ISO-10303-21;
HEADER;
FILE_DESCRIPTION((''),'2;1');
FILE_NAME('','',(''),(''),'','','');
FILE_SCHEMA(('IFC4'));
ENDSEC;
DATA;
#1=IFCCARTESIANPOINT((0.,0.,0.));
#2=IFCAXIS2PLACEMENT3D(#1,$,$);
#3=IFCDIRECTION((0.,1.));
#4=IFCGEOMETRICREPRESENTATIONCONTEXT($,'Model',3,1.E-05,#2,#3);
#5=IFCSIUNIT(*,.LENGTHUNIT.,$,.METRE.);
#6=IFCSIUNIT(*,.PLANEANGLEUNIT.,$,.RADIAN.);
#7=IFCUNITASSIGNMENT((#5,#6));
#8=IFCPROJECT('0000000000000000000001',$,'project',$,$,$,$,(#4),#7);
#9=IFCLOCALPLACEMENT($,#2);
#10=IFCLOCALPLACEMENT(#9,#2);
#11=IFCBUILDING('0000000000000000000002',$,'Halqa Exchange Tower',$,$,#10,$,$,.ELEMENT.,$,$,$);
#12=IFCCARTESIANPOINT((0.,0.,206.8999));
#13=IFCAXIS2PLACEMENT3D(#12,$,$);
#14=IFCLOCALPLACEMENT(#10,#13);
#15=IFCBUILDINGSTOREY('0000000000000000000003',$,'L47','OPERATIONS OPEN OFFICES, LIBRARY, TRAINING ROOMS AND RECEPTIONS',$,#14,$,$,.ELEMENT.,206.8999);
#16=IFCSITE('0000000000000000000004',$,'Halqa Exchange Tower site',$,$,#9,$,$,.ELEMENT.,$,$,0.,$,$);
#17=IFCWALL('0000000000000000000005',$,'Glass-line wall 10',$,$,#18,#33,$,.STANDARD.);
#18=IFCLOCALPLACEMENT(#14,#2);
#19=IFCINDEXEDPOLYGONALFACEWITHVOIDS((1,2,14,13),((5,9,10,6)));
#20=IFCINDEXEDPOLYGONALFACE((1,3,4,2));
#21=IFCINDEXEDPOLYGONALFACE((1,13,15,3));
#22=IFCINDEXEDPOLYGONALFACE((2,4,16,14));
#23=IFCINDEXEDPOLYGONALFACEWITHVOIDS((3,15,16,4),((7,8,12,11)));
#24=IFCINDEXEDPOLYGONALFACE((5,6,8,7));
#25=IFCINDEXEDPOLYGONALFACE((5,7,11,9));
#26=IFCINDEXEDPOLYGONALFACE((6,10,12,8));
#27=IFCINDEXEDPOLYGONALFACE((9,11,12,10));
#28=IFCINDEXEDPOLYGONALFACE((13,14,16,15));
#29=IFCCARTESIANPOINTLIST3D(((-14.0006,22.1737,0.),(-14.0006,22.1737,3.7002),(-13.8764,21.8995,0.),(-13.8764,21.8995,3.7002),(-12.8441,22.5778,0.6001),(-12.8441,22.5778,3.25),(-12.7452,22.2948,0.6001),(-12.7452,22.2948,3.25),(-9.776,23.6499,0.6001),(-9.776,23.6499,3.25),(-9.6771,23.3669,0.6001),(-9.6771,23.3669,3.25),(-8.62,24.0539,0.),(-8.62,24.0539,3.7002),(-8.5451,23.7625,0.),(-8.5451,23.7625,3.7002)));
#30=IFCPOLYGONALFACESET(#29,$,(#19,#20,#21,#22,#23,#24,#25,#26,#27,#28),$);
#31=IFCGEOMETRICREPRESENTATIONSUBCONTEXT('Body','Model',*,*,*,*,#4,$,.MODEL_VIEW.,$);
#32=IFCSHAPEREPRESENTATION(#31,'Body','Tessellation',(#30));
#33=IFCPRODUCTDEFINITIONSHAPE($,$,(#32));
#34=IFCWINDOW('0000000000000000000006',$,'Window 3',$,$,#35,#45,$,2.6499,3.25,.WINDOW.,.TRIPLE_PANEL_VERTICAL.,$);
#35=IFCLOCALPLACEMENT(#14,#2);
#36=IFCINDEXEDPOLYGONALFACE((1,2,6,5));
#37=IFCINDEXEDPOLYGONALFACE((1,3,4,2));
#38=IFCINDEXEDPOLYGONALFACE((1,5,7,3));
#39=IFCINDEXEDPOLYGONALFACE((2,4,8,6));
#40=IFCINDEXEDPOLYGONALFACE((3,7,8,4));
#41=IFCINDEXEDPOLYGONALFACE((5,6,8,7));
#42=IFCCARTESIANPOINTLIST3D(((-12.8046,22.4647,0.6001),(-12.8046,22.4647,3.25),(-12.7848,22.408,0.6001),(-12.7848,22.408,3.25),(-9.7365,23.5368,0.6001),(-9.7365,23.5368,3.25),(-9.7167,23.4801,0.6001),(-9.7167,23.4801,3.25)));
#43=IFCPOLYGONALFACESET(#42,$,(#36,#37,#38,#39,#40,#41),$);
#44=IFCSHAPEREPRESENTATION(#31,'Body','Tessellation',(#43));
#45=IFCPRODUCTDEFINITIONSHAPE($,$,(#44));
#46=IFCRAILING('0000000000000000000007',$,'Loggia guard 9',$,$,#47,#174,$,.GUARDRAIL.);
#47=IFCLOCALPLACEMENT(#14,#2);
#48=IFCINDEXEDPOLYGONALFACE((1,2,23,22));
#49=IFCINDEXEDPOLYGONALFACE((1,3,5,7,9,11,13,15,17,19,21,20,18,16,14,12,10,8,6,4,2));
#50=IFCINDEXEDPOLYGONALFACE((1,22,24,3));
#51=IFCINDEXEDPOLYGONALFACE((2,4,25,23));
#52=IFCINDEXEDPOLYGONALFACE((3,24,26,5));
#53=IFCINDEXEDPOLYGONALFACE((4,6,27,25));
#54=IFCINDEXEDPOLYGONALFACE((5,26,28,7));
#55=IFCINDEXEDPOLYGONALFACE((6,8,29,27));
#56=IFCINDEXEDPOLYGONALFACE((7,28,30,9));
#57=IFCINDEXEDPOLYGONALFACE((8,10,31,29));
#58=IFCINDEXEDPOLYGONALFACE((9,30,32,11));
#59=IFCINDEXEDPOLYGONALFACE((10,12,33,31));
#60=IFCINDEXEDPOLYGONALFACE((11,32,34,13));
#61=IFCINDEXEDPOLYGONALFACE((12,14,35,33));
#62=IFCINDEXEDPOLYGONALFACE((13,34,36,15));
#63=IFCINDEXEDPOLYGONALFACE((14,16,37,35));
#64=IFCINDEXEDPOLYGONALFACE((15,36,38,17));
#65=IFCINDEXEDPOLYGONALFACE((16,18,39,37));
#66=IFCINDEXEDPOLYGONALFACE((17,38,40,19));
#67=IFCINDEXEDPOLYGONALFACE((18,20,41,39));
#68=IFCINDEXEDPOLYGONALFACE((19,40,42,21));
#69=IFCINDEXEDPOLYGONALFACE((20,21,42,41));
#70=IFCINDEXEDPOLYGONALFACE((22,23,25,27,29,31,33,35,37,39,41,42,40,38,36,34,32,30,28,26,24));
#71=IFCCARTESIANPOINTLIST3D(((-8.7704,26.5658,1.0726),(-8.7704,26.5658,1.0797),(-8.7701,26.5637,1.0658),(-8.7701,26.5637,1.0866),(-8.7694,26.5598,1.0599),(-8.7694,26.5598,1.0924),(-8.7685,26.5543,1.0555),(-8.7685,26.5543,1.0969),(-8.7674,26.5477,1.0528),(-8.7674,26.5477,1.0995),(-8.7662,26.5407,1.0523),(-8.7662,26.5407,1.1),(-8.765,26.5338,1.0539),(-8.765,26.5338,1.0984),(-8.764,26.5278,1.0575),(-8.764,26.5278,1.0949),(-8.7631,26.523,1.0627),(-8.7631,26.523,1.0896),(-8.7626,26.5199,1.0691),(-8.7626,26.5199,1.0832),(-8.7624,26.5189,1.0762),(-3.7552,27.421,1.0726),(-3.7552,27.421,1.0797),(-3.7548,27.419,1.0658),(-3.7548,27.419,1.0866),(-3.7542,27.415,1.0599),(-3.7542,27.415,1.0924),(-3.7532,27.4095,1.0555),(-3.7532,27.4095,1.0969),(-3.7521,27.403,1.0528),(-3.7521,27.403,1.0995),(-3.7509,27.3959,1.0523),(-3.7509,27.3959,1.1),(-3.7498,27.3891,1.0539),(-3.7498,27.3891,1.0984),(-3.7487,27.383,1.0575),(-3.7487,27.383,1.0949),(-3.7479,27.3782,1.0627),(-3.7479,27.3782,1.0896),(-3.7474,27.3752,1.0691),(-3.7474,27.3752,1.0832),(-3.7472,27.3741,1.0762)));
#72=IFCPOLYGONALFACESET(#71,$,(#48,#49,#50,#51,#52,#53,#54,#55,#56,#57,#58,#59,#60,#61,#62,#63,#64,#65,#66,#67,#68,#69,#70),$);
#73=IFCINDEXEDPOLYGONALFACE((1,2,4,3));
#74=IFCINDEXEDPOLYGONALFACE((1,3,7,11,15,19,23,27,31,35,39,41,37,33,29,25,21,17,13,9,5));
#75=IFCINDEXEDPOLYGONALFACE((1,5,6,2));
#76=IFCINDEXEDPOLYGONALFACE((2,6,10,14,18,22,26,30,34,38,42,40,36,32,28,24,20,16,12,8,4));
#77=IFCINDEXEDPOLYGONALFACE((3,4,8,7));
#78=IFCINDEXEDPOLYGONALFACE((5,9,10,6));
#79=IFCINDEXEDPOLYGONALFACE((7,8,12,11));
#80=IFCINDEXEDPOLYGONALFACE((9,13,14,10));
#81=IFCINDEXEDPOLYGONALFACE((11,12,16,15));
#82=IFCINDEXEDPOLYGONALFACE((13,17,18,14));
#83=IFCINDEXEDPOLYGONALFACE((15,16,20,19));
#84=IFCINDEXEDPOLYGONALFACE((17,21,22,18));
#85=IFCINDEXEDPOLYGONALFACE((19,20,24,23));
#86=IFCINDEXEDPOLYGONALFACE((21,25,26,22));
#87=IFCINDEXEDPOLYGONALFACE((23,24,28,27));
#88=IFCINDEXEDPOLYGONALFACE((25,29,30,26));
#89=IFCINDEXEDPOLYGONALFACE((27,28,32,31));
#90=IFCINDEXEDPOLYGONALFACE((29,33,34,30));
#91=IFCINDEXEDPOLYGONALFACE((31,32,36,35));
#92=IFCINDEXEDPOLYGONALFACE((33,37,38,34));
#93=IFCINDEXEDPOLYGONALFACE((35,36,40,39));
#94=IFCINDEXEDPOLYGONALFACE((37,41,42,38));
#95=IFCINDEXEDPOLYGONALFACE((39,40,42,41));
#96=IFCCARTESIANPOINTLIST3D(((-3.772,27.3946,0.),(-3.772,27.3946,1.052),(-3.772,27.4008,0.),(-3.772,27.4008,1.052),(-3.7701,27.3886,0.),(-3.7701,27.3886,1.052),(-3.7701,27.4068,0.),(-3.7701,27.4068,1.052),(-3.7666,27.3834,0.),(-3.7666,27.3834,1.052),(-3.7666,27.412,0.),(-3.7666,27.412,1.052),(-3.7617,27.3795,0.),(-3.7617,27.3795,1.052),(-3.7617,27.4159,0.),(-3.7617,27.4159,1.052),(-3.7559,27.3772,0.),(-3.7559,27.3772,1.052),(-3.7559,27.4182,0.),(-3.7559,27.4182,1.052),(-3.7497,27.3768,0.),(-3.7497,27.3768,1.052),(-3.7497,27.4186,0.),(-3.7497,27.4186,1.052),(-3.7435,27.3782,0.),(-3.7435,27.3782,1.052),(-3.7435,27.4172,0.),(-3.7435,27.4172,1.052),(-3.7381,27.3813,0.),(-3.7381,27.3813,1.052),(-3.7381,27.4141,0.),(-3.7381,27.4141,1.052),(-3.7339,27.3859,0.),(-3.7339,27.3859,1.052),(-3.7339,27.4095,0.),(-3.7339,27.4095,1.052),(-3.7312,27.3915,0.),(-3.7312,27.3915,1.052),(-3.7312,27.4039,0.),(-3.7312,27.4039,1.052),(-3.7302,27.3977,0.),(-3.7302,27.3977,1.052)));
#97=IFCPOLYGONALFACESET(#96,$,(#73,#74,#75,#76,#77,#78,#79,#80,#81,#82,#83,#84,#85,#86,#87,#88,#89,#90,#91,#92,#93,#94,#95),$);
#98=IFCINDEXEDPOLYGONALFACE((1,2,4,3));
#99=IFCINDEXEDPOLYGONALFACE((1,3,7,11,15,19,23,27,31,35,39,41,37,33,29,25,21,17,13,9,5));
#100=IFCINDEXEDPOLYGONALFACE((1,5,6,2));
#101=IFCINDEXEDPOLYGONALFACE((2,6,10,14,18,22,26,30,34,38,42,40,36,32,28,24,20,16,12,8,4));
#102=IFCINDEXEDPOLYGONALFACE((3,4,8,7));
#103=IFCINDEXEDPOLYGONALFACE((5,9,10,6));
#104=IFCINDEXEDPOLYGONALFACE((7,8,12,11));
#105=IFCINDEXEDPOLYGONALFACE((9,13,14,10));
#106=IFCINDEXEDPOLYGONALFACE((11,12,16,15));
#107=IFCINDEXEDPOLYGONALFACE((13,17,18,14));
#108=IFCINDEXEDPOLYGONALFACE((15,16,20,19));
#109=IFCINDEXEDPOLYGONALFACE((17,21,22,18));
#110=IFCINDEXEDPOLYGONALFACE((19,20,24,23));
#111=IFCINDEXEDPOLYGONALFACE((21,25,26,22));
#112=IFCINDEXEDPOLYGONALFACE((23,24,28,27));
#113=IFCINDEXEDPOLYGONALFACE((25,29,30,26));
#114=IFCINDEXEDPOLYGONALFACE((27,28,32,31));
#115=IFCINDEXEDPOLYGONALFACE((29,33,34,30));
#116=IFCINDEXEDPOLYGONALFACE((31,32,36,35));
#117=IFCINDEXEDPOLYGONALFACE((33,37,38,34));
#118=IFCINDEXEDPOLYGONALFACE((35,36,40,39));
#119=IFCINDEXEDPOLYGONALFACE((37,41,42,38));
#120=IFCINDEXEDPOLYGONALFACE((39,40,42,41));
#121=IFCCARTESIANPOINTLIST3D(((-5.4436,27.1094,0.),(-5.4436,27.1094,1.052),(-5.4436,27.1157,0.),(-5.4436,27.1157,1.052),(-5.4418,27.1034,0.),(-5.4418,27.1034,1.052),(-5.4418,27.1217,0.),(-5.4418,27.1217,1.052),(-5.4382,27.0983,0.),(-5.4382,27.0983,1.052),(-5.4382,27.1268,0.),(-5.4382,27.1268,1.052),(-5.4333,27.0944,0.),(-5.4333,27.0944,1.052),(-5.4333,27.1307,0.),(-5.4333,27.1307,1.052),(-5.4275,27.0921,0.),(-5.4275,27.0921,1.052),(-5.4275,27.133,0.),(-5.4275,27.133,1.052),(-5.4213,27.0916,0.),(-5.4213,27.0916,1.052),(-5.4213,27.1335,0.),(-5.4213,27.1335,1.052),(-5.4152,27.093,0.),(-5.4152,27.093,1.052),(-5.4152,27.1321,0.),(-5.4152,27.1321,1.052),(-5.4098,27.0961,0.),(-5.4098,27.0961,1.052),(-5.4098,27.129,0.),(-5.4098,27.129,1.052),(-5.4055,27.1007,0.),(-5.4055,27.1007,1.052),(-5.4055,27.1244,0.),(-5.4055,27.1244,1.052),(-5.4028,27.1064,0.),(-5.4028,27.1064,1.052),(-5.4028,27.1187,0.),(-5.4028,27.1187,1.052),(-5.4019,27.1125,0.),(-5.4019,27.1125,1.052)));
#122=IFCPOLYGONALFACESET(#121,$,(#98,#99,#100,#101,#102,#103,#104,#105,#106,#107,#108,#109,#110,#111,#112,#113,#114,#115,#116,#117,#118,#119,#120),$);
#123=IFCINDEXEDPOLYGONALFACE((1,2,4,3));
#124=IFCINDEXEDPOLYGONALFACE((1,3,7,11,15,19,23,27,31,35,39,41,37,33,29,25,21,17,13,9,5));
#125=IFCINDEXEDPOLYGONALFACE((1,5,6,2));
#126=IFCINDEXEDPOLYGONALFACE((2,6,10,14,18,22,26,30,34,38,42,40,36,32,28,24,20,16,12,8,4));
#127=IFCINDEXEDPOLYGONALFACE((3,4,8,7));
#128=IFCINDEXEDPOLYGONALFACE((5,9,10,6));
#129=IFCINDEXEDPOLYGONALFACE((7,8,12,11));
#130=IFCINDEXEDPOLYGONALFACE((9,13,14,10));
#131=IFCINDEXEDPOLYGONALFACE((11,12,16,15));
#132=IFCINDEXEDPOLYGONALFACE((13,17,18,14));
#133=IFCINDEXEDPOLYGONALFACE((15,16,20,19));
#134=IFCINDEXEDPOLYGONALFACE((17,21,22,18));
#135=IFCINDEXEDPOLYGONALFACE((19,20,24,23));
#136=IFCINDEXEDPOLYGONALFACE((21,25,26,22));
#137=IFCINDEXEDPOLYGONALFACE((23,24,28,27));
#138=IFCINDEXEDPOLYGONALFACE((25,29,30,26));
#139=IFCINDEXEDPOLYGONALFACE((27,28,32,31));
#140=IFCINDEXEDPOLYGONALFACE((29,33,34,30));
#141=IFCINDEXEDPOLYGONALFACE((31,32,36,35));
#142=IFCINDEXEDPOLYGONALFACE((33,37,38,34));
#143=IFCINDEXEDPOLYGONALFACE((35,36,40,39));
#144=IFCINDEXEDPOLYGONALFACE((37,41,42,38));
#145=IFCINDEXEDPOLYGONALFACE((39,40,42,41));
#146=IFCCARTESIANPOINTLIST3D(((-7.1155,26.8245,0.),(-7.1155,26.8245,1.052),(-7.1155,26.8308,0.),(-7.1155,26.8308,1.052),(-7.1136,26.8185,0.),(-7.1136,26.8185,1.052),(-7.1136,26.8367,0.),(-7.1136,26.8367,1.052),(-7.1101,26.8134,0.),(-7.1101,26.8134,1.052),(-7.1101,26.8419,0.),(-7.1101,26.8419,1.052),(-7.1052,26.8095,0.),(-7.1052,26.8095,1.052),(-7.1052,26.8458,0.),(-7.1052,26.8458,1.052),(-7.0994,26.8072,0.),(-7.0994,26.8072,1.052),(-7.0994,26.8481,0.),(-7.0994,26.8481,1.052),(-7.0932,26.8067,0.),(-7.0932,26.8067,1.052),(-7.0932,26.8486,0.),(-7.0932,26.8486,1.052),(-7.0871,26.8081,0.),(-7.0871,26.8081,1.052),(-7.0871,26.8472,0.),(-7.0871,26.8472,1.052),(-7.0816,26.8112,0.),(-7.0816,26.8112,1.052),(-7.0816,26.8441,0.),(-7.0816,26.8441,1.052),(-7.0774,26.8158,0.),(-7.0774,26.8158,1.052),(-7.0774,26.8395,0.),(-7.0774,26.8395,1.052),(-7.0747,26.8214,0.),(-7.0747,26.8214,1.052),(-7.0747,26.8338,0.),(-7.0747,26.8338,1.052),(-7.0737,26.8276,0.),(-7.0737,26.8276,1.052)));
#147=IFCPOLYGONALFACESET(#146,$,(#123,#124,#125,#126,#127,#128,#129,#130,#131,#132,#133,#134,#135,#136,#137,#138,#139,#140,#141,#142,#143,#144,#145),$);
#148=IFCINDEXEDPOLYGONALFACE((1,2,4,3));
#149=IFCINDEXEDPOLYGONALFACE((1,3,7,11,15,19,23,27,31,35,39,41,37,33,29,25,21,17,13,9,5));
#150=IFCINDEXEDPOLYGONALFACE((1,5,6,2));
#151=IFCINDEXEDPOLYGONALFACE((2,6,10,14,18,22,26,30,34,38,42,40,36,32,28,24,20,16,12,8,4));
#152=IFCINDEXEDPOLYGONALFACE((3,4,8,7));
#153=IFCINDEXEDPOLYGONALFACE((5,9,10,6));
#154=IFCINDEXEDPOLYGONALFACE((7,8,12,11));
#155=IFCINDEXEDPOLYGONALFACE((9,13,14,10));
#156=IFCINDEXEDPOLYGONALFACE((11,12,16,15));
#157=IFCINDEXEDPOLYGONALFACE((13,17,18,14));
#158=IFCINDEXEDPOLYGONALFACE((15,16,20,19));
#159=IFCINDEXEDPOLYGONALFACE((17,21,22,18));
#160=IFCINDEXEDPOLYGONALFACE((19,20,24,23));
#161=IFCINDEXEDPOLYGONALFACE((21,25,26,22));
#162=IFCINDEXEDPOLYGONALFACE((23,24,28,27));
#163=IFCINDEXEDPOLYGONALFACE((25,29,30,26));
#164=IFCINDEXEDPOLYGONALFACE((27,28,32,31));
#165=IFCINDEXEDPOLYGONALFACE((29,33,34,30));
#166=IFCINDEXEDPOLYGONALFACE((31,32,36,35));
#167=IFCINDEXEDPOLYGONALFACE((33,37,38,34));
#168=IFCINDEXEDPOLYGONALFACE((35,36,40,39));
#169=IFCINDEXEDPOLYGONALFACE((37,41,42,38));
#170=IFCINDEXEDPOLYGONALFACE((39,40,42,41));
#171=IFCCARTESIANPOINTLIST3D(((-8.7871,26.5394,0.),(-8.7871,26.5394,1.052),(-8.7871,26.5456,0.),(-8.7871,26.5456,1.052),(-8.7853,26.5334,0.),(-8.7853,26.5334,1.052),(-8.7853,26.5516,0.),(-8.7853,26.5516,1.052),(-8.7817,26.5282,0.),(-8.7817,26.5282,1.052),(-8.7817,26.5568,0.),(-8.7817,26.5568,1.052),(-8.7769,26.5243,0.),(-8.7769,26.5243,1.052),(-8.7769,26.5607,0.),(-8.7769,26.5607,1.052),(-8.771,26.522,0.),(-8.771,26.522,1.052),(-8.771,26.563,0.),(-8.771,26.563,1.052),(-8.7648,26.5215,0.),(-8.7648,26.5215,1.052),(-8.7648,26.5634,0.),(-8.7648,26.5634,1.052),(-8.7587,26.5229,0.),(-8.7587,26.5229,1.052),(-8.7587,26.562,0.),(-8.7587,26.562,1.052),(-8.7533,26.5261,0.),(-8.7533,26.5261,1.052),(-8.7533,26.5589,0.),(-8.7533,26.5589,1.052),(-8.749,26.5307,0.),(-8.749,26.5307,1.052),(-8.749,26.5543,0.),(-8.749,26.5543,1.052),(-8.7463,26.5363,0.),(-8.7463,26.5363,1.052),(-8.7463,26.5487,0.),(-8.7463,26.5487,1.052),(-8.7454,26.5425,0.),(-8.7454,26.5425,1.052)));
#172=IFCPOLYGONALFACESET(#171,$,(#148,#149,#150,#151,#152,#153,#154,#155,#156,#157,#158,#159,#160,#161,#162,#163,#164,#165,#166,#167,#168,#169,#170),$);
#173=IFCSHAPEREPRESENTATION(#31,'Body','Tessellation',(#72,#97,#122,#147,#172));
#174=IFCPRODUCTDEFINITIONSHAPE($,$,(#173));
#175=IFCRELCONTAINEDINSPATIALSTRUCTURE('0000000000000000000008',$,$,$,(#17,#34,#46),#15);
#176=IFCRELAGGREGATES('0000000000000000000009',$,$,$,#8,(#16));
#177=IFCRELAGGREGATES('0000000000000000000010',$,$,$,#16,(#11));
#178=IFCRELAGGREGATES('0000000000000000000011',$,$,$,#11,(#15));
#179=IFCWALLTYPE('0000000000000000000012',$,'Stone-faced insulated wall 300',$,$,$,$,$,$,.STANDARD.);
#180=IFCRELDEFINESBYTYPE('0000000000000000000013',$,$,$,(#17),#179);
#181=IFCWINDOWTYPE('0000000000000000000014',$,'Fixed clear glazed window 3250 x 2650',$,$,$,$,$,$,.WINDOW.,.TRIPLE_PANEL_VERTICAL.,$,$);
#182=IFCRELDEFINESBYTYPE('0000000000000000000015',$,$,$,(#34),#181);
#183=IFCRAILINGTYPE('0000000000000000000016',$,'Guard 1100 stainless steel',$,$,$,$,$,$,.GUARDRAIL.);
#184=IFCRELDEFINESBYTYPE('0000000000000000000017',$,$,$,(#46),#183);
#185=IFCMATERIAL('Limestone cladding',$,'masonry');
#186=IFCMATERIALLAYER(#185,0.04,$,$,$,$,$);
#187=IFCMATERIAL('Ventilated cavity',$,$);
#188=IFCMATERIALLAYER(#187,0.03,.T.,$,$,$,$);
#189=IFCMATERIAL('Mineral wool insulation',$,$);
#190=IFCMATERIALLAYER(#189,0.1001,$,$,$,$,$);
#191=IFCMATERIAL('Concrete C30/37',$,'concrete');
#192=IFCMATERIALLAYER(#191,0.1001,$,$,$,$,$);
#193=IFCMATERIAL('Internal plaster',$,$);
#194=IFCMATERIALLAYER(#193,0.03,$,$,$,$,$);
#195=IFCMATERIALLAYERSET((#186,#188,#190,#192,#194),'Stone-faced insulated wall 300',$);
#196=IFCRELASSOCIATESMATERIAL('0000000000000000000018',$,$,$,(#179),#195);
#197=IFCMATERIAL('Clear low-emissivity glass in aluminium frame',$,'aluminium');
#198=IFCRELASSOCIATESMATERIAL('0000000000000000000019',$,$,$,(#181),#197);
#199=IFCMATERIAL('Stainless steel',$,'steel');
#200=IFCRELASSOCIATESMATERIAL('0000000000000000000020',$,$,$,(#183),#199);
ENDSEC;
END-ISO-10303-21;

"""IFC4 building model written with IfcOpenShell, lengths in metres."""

from ifc_helpers import new_model, si_unit, direction, frame, frame_2d, origin, origin_2d, place, context, subcontext, project, spatial, polyline, rectangle, circle, outline, extrude, material, layer, layer_set, type_object, element, fill, save


model = new_model("IFC4")

# Units and contexts
model_context = context("Model", 3, precision=1e-05, world=origin(), true_north=direction((0.0, 1.0)))
body_context = subcontext(model_context, "Body", "Model", "MODEL_VIEW")
ifc_project = project(units=[si_unit("LENGTHUNIT", "METRE"), si_unit("PLANEANGLEUNIT", "RADIAN")], contexts=[model_context])

# Site, building, storey
site_placement = place(None, origin())
site = spatial("IfcSite", under=ifc_project, at=site_placement, Name="Halqa Exchange Tower site", CompositionType="ELEMENT", RefElevation=0.0)
building_placement = place(site_placement, origin())
building = spatial("IfcBuilding", under=site, at=building_placement, Name="Halqa Exchange Tower", CompositionType="ELEMENT")
storey_placement = place(building_placement, frame((0.0, 0.0, 206.8999)))
storey = spatial("IfcBuildingStorey", under=building, at=storey_placement, Name="L47", Description="OPERATIONS OPEN OFFICES, LIBRARY, TRAINING ROOMS AND RECEPTIONS", CompositionType="ELEMENT", Elevation=206.8999)

# Shared definitions
ifc_material_1 = material(Name="Concrete C30/37", Category="concrete")

# Wall, opening, window
ifc_material_2 = material(Name="Limestone cladding", Category="masonry")
ifc_layer_1 = layer(ifc_material_2, 0.04)
ifc_material_3 = material(Name="Ventilated cavity")
ifc_layer_2 = layer(ifc_material_3, 0.03, ventilated=True)
ifc_material_4 = material(Name="Mineral wool insulation")
ifc_layer_3 = layer(ifc_material_4, 0.1001)
ifc_layer_4 = layer(ifc_material_1, 0.1001)
ifc_material_5 = material(Name="Internal plaster")
ifc_layer_5 = layer(ifc_material_5, 0.03)
ifc_layer_set_1 = layer_set([ifc_layer_1, ifc_layer_2, ifc_layer_3, ifc_layer_4, ifc_layer_5], Name="Stone-faced insulated wall 300")
wall_type_1 = type_object("IfcWallType", Name="Stone-faced insulated wall 300", PredefinedType="STANDARD", material=ifc_layer_set_1)
ifc_material_6 = material(Name="Clear low-emissivity glass in aluminium frame", Category="aluminium")
window_type = type_object("IfcWindowType", Name="Fixed clear glazed window 3250 x 2650", PartitioningType="TRIPLE_PANEL_VERTICAL", PredefinedType="WINDOW", material=ifc_material_6)
wall_1_placement = place(storey_placement, frame((-8.5825, 23.9082, 0.0), z_axis=(0.0, 0.0, 1.0), x_axis=(-0.944023, -0.329879, 0.0)))
wall_1 = element("IfcWall", 1, at=wall_1_placement, inside=storey, type_object=wall_type_1, Name="Glass-line wall 10", PredefinedType="STANDARD", context=body_context, shape_type="SweptSolid", body=[
    extrude(outline(polyline([(-0.0127, -0.1499), (5.687, -0.1499), (5.6602, 0.1499), (0.0127, 0.1499), (-0.0127, -0.1499)])), origin(), (0.0, 0.0, 1.0), 3.7002),
])
opening_1_placement = place(wall_1_placement, frame((1.2119, 0.0, 0.6001)))
opening_1 = element("IfcOpeningElement", 2, at=opening_1_placement, cuts=wall_1, PredefinedType="OPENING", context=body_context, shape_type="SweptSolid", body=[
    extrude(rectangle(XDim=3.25, YDim=2.6499, at=frame_2d((1.625, 1.325))), frame((0.0, 0.1621, 0.0), z_axis=(0.0, -1.0, 0.0), x_axis=(1.0, 0.0, 0.0)), (0.0, 0.0, 1.0), 0.324),
])
window_1_placement = place(opening_1_placement, origin())
window_1 = element("IfcWindow", 3, at=window_1_placement, inside=storey, type_object=window_type, Name="Window 3", OverallHeight=2.6499, OverallWidth=3.25, PartitioningType="TRIPLE_PANEL_VERTICAL", PredefinedType="WINDOW", context=body_context, shape_type="SweptSolid", body=[
    extrude(rectangle(XDim=3.25, YDim=2.6499, at=frame_2d((1.625, 1.325))), frame((0.0, 0.03, 0.0), z_axis=(0.0, -1.0, 0.0), x_axis=(1.0, 0.0, 0.0)), (0.0, 0.0, 1.0), 0.0601),
])
fill(opening_1, window_1)

# Railing
ifc_material_7 = material(Name="Stainless steel", Category="steel")
railing_type_1 = type_object("IfcRailingType", Name="Guard 1100 stainless steel", PredefinedType="GUARDRAIL", material=ifc_material_7)
railing_1_placement = place(storey_placement, frame((-3.7512, 27.3977, 0.0)))
element("IfcRailing", 4, at=railing_1_placement, inside=storey, type_object=railing_type_1, Name="Loggia guard 9", PredefinedType="GUARDRAIL", context=body_context, shape_type="SweptSolid", body=[
    extrude(circle(Radius=0.0239, at=origin_2d()), frame((0.0, 0.0, 1.0762), z_axis=(-0.98577, -0.168102, 0.0), x_axis=(0.168102, -0.98577, 0.0)), (0.0, 0.0, 1.0), 5.0876),
    extrude(circle(Radius=0.021, at=origin_2d()), origin(), (0.0, 0.0, 1.0), 1.052),
    extrude(circle(Radius=0.021, at=origin_2d()), frame((-1.6716, -0.2852, 0.0)), (0.0, 0.0, 1.0), 1.052),
    extrude(circle(Radius=0.021, at=origin_2d()), frame((-3.3435, -0.5701, 0.0)), (0.0, 0.0, 1.0), 1.052),
    extrude(circle(Radius=0.021, at=origin_2d()), frame((-5.0151, -0.8552, 0.0)), (0.0, 0.0, 1.0), 1.052),
])

save(model, "model.ifc")
